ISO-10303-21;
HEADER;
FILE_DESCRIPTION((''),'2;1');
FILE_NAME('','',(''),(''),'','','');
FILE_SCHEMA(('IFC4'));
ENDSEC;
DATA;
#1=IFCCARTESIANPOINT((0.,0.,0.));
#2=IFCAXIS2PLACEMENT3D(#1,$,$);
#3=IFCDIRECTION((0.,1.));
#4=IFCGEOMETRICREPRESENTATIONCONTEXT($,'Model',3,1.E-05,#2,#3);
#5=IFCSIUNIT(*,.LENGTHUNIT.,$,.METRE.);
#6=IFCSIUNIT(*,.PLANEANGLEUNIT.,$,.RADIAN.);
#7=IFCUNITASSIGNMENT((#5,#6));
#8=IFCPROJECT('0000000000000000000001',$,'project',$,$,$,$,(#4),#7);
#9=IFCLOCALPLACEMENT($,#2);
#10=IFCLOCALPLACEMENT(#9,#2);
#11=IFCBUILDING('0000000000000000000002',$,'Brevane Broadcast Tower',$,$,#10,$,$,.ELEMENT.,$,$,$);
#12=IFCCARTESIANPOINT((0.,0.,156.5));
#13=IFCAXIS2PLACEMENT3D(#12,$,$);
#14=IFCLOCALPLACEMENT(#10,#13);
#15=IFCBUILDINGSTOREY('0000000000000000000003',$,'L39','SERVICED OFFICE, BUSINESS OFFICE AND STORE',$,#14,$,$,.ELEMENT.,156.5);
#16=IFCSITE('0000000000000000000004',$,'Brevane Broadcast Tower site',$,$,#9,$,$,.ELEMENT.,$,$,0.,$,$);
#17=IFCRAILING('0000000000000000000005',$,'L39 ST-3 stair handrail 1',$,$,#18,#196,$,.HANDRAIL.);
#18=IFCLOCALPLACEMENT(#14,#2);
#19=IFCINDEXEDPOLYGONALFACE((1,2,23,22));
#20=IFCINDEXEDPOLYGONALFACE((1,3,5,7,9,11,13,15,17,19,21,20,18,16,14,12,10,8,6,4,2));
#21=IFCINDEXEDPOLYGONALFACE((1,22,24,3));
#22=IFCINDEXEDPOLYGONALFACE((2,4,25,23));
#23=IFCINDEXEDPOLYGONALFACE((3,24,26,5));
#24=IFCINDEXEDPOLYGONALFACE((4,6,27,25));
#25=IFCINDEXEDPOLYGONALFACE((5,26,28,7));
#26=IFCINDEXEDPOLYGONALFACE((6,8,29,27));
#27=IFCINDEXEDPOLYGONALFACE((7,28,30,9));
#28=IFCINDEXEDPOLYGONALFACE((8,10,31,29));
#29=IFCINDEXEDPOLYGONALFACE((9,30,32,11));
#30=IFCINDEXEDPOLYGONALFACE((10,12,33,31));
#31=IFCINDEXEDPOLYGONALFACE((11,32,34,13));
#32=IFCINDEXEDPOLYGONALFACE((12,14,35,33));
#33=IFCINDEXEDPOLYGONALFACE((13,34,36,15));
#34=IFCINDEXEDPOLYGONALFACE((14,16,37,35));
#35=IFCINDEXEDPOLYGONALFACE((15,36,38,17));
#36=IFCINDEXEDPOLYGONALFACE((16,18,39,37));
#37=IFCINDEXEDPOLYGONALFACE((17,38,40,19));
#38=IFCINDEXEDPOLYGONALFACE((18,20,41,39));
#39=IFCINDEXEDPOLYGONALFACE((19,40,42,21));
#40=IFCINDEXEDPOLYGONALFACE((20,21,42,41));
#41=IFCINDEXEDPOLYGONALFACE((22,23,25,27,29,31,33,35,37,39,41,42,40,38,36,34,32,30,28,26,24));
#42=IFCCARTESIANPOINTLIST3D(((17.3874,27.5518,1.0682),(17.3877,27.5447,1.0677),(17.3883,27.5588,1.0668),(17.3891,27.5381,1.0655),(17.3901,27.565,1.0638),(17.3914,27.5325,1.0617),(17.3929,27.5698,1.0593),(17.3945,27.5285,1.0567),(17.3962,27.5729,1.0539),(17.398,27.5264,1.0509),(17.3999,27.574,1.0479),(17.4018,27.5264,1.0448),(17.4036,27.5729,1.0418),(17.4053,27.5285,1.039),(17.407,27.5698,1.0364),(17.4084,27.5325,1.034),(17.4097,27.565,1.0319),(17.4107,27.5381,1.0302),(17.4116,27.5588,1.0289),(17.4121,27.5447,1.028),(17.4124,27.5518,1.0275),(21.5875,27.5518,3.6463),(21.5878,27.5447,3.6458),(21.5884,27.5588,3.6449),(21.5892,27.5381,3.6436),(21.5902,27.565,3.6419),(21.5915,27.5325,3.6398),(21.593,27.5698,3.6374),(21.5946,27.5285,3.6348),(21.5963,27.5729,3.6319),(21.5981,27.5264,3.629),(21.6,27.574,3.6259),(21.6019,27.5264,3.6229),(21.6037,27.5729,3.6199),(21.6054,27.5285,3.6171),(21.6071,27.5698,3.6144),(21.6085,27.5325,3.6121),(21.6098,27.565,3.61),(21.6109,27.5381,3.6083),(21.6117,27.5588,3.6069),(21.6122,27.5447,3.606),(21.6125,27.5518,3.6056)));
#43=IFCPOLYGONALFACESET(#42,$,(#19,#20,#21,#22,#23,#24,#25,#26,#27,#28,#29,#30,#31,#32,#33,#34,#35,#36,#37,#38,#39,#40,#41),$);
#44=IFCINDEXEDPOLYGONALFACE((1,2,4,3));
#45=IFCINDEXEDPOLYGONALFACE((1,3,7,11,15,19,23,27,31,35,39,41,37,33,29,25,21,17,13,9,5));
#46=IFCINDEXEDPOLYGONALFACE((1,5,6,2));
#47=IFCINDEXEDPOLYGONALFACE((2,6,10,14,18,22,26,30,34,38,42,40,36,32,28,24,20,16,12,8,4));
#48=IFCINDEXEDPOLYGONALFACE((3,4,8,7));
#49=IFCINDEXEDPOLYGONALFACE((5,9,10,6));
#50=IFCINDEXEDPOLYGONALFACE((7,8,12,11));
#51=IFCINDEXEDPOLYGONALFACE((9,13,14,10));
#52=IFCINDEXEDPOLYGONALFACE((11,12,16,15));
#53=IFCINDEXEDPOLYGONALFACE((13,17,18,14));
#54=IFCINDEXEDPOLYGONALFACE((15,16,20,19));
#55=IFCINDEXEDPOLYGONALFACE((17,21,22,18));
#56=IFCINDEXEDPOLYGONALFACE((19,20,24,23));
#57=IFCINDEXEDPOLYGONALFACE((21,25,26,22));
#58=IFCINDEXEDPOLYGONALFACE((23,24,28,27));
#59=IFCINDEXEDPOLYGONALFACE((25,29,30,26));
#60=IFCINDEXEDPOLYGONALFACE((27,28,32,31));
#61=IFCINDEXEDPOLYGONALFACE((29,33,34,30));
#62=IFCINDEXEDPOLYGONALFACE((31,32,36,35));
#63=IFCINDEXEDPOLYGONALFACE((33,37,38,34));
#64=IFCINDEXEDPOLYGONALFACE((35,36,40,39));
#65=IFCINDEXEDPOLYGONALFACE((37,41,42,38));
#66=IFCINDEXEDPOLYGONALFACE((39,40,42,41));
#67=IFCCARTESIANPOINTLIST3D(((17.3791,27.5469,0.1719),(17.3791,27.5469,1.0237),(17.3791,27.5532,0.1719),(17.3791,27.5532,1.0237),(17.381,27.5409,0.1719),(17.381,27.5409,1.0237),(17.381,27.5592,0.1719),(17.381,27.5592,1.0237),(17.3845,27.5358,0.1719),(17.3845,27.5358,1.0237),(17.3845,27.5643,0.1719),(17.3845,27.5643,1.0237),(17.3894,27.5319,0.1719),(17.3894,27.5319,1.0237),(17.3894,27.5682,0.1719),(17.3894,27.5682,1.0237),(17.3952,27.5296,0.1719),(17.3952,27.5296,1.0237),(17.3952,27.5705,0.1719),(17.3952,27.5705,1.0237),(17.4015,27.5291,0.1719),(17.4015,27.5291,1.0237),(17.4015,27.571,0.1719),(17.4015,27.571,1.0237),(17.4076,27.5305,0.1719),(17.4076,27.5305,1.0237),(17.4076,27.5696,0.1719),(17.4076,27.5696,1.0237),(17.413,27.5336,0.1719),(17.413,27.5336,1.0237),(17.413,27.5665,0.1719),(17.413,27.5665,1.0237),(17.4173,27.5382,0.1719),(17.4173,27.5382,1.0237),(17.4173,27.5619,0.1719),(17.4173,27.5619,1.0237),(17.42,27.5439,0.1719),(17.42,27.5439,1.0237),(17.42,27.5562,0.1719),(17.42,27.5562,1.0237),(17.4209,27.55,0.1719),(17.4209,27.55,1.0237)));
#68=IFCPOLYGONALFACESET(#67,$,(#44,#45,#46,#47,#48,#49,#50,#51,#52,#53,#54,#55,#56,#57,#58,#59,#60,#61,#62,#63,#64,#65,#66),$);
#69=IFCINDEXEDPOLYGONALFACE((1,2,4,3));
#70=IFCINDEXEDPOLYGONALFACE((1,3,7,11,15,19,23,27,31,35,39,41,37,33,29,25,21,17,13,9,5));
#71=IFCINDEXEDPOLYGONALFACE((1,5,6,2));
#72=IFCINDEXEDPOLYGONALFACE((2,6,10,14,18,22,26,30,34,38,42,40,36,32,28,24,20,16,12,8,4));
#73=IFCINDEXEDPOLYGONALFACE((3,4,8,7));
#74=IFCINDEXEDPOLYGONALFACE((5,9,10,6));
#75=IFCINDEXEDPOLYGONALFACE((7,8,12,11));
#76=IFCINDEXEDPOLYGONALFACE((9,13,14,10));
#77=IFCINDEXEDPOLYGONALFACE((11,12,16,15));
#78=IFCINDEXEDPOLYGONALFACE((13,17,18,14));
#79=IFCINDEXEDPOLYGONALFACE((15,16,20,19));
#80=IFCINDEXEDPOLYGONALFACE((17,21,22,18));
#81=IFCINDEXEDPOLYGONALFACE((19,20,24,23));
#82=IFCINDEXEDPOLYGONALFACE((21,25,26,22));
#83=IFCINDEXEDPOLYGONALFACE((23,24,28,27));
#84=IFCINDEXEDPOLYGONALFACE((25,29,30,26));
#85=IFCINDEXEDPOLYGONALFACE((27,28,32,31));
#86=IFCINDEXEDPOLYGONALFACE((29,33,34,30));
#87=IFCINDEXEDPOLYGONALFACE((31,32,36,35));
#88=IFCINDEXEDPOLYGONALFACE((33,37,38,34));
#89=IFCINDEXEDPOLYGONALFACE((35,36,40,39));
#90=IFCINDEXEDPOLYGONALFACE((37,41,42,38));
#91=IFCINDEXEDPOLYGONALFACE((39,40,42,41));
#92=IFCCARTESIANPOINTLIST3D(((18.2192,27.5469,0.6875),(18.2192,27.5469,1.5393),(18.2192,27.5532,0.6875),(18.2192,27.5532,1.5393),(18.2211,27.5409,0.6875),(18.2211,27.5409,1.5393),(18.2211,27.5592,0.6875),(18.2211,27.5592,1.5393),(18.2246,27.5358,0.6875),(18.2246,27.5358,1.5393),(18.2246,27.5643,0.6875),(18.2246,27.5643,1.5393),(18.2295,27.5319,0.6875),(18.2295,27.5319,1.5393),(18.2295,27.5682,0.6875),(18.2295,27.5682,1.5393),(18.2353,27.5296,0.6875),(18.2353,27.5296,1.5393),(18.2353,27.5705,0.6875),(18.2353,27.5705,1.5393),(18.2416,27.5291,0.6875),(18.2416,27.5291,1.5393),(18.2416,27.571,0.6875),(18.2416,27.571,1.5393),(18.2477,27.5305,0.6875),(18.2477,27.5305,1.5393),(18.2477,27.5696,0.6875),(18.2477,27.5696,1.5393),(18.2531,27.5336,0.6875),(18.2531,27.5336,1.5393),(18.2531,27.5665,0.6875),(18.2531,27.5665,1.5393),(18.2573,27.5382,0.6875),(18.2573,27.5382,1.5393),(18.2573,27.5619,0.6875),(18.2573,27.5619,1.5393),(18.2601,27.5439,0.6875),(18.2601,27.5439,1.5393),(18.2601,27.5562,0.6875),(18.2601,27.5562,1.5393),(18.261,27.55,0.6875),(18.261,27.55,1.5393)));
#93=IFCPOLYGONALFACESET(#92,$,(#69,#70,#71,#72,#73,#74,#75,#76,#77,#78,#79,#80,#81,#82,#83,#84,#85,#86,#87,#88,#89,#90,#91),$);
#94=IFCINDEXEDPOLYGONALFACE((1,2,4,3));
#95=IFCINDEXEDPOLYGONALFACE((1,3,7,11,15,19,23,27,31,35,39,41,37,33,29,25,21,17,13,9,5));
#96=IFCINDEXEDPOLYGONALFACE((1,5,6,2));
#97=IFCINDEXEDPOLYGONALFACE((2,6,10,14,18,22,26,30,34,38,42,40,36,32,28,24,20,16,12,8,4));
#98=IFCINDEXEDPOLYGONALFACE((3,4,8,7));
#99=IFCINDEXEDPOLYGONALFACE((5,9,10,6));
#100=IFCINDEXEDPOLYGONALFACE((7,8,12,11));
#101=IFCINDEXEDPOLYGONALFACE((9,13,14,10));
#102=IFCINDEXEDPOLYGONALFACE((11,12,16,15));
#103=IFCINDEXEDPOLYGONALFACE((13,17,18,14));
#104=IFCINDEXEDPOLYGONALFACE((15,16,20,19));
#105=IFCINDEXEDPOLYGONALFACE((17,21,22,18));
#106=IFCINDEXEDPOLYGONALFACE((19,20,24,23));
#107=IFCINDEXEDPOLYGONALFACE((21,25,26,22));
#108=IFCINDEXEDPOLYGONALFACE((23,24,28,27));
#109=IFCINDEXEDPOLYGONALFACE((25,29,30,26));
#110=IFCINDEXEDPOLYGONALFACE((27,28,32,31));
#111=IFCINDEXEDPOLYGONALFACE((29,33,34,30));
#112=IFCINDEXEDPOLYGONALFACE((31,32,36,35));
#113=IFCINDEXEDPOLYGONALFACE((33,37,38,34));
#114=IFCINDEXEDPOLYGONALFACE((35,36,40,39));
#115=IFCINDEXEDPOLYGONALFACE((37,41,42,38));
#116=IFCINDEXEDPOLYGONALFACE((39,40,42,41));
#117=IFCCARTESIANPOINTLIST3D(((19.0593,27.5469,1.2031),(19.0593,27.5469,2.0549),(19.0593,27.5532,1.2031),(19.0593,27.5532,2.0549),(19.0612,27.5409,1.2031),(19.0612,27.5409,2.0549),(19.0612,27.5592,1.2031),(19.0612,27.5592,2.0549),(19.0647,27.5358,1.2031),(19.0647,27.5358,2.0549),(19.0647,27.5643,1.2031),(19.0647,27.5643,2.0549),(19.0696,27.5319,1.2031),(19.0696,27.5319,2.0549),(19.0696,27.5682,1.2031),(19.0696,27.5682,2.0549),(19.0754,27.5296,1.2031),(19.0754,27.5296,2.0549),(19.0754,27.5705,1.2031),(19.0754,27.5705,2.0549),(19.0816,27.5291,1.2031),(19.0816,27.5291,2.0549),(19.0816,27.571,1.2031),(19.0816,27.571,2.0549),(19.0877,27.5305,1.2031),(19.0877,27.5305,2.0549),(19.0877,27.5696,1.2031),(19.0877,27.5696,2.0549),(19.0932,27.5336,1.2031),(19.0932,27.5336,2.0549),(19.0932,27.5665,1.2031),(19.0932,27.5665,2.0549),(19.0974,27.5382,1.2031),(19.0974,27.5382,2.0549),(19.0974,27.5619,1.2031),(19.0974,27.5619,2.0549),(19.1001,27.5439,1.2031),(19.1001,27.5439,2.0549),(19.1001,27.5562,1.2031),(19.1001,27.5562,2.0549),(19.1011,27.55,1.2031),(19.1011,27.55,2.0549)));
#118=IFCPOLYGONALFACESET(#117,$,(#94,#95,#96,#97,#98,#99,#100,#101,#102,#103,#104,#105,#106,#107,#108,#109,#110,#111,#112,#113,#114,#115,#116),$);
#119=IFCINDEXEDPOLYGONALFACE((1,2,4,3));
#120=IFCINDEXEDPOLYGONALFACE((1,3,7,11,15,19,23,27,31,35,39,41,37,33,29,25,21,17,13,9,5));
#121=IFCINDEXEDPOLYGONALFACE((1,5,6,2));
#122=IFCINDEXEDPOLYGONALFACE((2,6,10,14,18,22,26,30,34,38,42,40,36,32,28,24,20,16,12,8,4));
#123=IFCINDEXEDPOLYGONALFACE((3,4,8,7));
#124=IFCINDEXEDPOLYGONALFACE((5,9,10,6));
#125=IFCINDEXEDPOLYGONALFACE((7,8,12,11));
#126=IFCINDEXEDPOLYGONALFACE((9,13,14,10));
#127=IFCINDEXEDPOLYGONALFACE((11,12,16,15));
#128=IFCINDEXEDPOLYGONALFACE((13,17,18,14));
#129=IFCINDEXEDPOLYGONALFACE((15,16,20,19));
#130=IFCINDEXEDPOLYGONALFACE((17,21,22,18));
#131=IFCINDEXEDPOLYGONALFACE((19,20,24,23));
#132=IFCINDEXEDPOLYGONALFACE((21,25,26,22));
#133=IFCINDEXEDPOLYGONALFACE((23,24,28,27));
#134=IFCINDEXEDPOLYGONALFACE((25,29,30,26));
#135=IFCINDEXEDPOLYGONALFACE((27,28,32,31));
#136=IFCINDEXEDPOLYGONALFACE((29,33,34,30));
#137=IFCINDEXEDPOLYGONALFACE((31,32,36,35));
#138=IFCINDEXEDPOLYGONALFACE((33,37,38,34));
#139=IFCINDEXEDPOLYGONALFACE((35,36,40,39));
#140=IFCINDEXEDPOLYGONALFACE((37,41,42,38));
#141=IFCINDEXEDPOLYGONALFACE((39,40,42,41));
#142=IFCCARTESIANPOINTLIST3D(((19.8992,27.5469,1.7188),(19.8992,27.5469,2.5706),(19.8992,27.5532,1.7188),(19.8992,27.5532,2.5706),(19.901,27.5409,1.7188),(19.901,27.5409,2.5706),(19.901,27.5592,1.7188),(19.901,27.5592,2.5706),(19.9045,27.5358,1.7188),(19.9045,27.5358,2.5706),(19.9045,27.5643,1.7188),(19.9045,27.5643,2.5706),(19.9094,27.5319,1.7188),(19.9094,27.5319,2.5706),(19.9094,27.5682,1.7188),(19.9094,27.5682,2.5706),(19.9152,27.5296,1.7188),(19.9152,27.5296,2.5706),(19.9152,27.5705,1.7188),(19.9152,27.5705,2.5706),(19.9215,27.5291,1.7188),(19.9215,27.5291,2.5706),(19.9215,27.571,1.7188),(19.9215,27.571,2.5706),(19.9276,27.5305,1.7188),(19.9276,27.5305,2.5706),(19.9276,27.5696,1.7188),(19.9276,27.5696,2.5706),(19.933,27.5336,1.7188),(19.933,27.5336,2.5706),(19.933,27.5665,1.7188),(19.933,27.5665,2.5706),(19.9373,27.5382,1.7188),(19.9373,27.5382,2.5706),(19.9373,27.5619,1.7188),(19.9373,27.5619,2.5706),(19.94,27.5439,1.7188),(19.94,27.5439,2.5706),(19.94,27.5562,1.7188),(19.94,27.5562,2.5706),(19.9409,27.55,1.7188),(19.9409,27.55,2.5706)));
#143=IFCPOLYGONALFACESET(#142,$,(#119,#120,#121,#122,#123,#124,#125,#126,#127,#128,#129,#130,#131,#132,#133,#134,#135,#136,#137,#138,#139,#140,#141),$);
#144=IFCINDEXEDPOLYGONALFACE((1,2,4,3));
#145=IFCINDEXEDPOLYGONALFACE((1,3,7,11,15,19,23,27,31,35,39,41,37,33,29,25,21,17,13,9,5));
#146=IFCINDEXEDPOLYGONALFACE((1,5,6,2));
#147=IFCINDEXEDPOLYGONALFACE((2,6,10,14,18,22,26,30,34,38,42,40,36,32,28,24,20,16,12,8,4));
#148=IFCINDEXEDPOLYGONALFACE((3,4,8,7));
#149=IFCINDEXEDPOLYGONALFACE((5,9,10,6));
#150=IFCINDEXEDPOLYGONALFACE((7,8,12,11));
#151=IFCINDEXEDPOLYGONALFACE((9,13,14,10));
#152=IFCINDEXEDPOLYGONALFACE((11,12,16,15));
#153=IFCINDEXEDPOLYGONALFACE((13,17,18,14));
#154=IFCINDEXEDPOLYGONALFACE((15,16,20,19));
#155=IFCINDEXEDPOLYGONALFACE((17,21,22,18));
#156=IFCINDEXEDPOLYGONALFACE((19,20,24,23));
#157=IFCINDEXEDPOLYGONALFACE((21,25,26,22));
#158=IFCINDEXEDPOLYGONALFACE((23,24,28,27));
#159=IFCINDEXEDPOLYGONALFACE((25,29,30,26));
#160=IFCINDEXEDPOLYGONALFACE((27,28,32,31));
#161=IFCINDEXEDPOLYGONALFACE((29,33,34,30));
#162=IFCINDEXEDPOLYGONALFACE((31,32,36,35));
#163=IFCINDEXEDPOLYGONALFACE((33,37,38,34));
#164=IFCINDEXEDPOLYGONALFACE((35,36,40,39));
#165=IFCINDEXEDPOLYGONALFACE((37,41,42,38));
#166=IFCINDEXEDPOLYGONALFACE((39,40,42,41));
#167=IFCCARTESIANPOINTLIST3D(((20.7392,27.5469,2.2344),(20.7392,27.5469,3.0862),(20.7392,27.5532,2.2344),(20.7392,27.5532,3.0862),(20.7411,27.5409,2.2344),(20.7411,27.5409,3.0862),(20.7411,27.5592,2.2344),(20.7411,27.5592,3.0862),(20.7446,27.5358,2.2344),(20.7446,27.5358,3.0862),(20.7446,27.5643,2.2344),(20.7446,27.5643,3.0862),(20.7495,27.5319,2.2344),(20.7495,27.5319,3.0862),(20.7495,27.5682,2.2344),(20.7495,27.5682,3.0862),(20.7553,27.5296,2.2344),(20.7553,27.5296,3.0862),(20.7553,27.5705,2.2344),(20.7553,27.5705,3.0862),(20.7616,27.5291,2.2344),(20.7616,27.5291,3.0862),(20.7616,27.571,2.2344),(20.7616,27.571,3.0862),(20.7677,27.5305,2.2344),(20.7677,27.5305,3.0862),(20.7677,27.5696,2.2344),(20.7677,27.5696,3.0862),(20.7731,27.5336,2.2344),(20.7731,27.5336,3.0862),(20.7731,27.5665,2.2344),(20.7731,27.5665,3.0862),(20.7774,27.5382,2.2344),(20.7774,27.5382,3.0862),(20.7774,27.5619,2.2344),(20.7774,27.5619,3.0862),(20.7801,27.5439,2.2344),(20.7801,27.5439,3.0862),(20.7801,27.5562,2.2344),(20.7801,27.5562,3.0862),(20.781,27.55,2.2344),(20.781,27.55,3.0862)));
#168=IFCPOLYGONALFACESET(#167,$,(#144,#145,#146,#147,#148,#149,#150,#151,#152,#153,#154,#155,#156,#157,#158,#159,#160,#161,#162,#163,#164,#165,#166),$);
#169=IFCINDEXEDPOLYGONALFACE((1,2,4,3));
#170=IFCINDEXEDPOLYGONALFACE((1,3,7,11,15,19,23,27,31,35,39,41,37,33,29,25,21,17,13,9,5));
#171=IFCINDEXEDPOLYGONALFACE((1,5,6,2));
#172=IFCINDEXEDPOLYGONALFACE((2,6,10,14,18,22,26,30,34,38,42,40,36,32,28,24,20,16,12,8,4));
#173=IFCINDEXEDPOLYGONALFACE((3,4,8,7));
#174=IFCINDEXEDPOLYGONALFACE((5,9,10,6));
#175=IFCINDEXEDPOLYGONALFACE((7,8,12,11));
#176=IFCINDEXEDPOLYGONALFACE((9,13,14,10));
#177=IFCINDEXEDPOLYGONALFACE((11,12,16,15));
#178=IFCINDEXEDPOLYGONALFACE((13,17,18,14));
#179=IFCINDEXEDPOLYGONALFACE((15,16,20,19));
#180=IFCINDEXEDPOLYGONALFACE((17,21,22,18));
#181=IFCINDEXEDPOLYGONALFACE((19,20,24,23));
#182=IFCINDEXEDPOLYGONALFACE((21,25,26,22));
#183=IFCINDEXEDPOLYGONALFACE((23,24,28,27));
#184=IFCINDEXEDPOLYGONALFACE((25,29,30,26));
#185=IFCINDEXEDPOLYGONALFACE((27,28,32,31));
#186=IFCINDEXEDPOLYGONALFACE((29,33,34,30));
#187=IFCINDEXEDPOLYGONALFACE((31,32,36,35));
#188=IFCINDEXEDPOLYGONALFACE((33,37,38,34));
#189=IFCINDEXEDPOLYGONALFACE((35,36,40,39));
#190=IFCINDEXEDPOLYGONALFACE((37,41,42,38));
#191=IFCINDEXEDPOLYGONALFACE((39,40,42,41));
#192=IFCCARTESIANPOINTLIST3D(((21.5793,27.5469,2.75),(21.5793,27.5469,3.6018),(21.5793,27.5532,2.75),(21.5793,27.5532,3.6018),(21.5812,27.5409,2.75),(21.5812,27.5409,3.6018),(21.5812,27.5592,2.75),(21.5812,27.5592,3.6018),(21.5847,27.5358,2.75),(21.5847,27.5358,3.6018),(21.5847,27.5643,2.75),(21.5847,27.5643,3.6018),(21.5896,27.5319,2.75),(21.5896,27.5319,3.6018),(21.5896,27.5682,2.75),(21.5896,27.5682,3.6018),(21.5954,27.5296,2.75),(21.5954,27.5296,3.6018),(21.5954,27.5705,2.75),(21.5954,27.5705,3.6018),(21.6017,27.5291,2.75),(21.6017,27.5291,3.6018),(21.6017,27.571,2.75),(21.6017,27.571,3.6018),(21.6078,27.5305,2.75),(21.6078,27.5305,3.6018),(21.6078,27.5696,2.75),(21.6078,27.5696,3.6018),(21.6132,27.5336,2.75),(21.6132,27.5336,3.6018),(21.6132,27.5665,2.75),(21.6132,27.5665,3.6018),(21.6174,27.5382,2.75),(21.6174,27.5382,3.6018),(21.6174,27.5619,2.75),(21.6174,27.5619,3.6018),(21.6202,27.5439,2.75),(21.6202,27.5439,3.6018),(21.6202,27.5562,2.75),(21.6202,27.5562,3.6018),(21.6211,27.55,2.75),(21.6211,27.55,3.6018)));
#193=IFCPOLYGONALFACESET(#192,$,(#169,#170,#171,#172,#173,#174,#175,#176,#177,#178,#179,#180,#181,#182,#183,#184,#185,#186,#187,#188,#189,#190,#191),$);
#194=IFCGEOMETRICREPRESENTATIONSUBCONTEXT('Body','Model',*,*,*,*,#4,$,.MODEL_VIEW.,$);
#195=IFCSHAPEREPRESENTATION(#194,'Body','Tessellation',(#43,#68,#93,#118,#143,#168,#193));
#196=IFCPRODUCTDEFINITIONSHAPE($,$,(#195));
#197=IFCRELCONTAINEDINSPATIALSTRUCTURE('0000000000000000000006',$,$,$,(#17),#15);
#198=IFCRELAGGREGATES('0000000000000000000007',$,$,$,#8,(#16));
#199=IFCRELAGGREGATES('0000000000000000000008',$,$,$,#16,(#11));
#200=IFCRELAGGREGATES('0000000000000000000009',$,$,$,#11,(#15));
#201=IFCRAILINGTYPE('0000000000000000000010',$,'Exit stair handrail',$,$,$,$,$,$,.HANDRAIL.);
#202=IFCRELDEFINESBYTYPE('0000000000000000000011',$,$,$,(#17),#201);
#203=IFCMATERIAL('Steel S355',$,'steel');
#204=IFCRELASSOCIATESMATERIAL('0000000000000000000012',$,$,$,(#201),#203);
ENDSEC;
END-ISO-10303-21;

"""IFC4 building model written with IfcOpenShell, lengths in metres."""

from ifc_helpers import new_model, si_unit, direction, frame, origin, origin_2d, place, context, subcontext, project, spatial, circle, extrude, material, type_object, element, save


model = new_model("IFC4")

# Units and contexts
model_context = context("Model", 3, precision=1e-05, world=origin(), true_north=direction((0.0, 1.0)))
body_context = subcontext(model_context, "Body", "Model", "MODEL_VIEW")
ifc_project = project(units=[si_unit("LENGTHUNIT", "METRE"), si_unit("PLANEANGLEUNIT", "RADIAN")], contexts=[model_context])

# Site, building, storey
site_placement = place(None, origin())
site = spatial("IfcSite", under=ifc_project, at=site_placement, Name="Brevane Broadcast Tower site", CompositionType="ELEMENT", RefElevation=0.0)
building_placement = place(site_placement, origin())
building = spatial("IfcBuilding", under=site, at=building_placement, Name="Brevane Broadcast Tower", CompositionType="ELEMENT")
storey_placement = place(building_placement, frame((0.0, 0.0, 156.5)))
storey = spatial("IfcBuildingStorey", under=building, at=storey_placement, Name="L39", Description="SERVICED OFFICE, BUSINESS OFFICE AND STORE", CompositionType="ELEMENT", Elevation=156.5)

# Railing
ifc_material_1 = material(Name="Steel S355", Category="steel")
railing_type_1 = type_object("IfcRailingType", Name="Exit stair handrail", PredefinedType="HANDRAIL", material=ifc_material_1)
railing_1_placement = place(storey_placement, frame((17.3999, 27.55, 0.1719)))
element("IfcRailing", 1, at=railing_1_placement, inside=storey, type_object=railing_type_1, Name="L39 ST-3 stair handrail 1", PredefinedType="HANDRAIL", context=body_context, shape_type="SweptSolid", body=[
    extrude(circle(Radius=0.0239, at=origin_2d()), frame((0.0, 0.0, 0.876), z_axis=(0.852256, 0.0, 0.523124), x_axis=(0.0, 1.0, 0.0)), (0.0, 0.0, 1.0), 4.9282),
    extrude(circle(Radius=0.021, at=origin_2d()), origin(), (0.0, 0.0, 1.0), 0.8518),
    extrude(circle(Radius=0.021, at=origin_2d()), frame((0.8401, 0.0, 0.5156)), (0.0, 0.0, 1.0), 0.8518),
    extrude(circle(Radius=0.021, at=origin_2d()), frame((1.6802, 0.0, 1.0312)), (0.0, 0.0, 1.0), 0.8518),
    extrude(circle(Radius=0.021, at=origin_2d()), frame((2.52, 0.0, 1.5469)), (0.0, 0.0, 1.0), 0.8518),
    extrude(circle(Radius=0.021, at=origin_2d()), frame((3.3601, 0.0, 2.0625)), (0.0, 0.0, 1.0), 0.8518),
    extrude(circle(Radius=0.021, at=origin_2d()), frame((4.2002, 0.0, 2.5781)), (0.0, 0.0, 1.0), 0.8518),
])

save(model, "model.ifc")
